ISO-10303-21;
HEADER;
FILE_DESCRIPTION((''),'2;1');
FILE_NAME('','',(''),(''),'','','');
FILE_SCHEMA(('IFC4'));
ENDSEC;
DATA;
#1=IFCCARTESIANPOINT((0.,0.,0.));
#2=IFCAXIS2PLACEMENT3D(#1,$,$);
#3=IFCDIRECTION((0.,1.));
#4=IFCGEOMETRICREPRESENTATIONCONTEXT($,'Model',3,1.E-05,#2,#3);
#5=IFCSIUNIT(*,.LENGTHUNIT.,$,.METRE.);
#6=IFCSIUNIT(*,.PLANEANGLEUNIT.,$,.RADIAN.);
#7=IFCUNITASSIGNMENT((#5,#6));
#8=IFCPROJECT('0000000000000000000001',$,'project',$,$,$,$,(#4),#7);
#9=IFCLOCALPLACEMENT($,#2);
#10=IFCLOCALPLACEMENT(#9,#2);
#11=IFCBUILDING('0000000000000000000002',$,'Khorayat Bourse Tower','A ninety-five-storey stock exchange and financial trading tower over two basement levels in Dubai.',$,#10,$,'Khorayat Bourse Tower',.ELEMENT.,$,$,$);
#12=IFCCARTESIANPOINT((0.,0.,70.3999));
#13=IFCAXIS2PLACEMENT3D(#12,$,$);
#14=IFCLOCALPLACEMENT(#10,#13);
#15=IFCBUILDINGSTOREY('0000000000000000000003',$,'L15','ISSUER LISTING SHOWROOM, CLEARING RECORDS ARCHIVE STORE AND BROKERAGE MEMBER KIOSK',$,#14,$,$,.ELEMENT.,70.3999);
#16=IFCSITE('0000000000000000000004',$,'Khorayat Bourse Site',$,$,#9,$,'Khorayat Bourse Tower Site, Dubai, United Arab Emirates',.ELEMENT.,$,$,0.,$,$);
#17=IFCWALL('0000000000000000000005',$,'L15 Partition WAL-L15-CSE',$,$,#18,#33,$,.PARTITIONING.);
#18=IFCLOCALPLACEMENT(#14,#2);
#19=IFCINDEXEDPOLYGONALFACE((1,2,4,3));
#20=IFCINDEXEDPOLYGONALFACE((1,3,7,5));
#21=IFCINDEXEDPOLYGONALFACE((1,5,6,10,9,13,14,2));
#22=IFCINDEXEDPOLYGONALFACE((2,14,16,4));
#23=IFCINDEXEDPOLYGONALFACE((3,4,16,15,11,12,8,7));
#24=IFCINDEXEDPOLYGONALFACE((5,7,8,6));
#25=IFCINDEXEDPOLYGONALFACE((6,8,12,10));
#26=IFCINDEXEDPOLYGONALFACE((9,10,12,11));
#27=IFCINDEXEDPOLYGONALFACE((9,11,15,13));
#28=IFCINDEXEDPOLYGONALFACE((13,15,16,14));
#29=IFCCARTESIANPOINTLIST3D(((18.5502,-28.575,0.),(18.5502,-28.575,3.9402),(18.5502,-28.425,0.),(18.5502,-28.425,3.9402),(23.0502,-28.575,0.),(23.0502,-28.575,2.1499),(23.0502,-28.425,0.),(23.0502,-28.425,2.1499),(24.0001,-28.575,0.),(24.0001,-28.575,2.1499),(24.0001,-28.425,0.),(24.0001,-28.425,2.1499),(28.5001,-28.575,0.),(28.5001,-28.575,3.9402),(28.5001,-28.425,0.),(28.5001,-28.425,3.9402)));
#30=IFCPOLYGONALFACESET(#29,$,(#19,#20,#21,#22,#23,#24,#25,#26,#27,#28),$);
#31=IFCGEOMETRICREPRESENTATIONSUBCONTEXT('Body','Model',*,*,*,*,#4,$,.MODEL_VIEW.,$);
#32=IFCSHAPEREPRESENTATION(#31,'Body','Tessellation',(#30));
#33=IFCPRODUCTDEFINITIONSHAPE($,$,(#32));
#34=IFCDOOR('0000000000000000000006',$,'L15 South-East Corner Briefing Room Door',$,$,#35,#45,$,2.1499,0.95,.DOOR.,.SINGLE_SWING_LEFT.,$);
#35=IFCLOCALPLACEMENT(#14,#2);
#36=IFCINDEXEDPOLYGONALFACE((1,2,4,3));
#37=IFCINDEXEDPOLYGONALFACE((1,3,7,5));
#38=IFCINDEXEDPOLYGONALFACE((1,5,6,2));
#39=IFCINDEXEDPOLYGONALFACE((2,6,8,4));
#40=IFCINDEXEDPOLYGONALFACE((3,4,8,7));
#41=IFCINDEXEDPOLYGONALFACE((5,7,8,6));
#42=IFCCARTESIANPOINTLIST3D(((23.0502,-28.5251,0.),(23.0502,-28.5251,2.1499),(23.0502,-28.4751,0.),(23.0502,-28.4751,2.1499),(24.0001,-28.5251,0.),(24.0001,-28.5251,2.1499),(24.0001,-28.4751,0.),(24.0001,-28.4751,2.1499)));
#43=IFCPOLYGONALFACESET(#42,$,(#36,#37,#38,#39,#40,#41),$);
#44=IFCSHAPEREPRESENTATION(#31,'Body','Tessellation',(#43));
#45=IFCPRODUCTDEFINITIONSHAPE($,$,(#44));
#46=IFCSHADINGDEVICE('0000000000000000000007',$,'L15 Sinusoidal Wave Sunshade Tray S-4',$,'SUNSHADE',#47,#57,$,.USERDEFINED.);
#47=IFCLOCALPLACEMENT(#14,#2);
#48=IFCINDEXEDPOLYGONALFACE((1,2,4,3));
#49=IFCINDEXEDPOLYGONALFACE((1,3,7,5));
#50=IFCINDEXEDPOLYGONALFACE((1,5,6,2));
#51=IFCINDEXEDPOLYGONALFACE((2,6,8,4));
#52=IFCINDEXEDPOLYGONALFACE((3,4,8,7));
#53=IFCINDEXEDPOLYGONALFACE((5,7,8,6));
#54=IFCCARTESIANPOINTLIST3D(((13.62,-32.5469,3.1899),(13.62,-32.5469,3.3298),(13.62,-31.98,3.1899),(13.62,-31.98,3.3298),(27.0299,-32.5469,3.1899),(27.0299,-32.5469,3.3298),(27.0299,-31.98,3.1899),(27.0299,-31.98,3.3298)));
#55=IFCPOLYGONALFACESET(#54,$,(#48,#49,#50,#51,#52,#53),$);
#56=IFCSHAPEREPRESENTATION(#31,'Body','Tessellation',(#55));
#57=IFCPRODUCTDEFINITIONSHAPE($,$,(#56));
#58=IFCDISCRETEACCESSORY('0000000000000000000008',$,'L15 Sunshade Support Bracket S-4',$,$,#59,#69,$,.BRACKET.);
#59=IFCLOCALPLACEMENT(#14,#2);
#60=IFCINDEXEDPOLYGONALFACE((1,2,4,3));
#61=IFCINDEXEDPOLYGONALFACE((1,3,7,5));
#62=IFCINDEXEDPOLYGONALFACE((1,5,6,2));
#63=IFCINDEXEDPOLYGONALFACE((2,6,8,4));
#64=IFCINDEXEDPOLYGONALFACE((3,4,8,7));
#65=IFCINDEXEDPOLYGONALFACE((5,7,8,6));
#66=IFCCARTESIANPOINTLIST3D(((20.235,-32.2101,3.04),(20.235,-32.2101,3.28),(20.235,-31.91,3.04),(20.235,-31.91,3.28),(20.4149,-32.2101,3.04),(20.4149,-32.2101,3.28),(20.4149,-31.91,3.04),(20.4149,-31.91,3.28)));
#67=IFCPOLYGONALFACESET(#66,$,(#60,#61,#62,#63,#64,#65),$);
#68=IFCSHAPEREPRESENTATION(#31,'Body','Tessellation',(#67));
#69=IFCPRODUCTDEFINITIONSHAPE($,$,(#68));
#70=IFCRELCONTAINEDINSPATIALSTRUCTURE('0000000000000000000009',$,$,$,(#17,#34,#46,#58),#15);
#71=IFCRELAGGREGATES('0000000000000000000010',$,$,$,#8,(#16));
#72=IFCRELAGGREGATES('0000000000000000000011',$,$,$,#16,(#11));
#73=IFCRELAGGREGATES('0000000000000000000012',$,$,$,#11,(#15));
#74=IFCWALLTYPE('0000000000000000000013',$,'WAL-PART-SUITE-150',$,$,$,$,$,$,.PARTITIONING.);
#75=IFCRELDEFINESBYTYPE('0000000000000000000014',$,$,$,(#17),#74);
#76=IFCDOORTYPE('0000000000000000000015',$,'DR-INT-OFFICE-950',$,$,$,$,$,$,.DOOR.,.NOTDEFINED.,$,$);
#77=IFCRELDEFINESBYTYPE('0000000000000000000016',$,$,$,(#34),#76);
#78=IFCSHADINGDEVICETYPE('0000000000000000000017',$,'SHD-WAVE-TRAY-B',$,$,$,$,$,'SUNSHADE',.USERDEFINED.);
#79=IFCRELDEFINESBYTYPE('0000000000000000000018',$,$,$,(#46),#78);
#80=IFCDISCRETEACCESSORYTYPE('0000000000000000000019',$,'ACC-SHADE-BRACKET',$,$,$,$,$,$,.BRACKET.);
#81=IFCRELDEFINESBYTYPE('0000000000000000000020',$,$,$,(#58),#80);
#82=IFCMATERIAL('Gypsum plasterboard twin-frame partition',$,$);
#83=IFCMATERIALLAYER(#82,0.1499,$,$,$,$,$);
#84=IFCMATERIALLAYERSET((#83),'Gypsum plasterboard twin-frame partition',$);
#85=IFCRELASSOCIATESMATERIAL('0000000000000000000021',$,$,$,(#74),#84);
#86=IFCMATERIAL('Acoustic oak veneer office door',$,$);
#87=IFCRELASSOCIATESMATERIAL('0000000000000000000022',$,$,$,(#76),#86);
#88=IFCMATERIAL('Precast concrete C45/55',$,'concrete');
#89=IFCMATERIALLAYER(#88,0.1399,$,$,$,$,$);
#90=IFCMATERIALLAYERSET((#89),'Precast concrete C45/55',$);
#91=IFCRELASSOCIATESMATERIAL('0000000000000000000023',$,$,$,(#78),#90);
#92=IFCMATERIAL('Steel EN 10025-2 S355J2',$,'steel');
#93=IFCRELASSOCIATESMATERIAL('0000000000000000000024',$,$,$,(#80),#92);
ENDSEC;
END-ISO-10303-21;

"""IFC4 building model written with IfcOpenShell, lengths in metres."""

from ifc_helpers import new_model, si_unit, direction, frame, frame_2d, origin, origin_2d, place, context, subcontext, project, spatial, rectangle, extrude, source, transform, mapped, material, layer, layer_set, type_object, element, fill, save


model = new_model("IFC4")

# Units and contexts
model_context = context("Model", 3, precision=1e-05, world=origin(), true_north=direction((0.0, 1.0)))
body_context = subcontext(model_context, "Body", "Model", "MODEL_VIEW")
ifc_project = project(units=[si_unit("LENGTHUNIT", "METRE"), si_unit("PLANEANGLEUNIT", "RADIAN")], contexts=[model_context])

# Site, building, storey
site_placement = place(None, origin())
site = spatial("IfcSite", under=ifc_project, at=site_placement, Name="Khorayat Bourse Site", LongName="Khorayat Bourse Tower Site, Dubai, United Arab Emirates", CompositionType="ELEMENT", RefElevation=0.0)
building_placement = place(site_placement, origin())
building = spatial("IfcBuilding", under=site, at=building_placement, Name="Khorayat Bourse Tower", Description="A ninety-five-storey stock exchange and financial trading tower over two basement levels in Dubai.", LongName="Khorayat Bourse Tower", CompositionType="ELEMENT")
storey_placement = place(building_placement, frame((0.0, 0.0, 70.3999)))
storey = spatial("IfcBuildingStorey", under=building, at=storey_placement, Name="L15", Description="ISSUER LISTING SHOWROOM, CLEARING RECORDS ARCHIVE STORE AND BROKERAGE MEMBER KIOSK", CompositionType="ELEMENT", Elevation=70.3999)

# Shared definitions
ifc_material_1 = material(Name="Precast concrete C45/55", Category="concrete")

# Shared definitions
ifc_material_2 = material(Name="Gypsum plasterboard twin-frame partition")
ifc_layer_1 = layer(ifc_material_2, 0.1499)
ifc_layer_set_1 = layer_set([ifc_layer_1], Name="Gypsum plasterboard twin-frame partition")
wall_type_1 = type_object("IfcWallType", Name="WAL-PART-SUITE-150", PredefinedType="PARTITIONING", material=ifc_layer_set_1)

# Shared definitions
ifc_material_3 = material(Name="Acoustic oak veneer office door")
door_type = type_object("IfcDoorType", Name="DR-INT-OFFICE-950", OperationType="NOTDEFINED", PredefinedType="DOOR", material=ifc_material_3)
shared_shape_1 = source(origin(), body_context, "Body", "SweptSolid", [
    extrude(rectangle(XDim=0.95, YDim=2.1499, at=frame_2d((0.4751, 1.075))), frame((0.0, 0.0249, 0.0), z_axis=(0.0, -1.0, 0.0), x_axis=(1.0, 0.0, 0.0)), (0.0, 0.0, 1.0), 0.05),
])

# Wall, opening, door
shared_shape_2 = source(origin(), body_context, "Body", "SweptSolid", [
    extrude(rectangle(XDim=9.95, YDim=0.1499, at=frame_2d((4.9751, 0.0))), origin(), (0.0, 0.0, 1.0), 3.9402),
])
wall_1_placement = place(storey_placement, frame((18.55, -28.5, 0.0), z_axis=(0.0, 0.0, 1.0), x_axis=(1.0, 0.0, 0.0)))
wall_1 = element("IfcWall", 1, at=wall_1_placement, inside=storey, type_object=wall_type_1, Name="L15 Partition WAL-L15-CSE", PredefinedType="PARTITIONING", context=body_context, shape_type="MappedRepresentation", body=[
    mapped(shared_shape_2, transform((0.0, 0.0, 0.0), scale=1.0)),
])
shared_shape_3 = source(origin(), body_context, "Body", "SweptSolid", [
    extrude(rectangle(XDim=0.95, YDim=2.1499, at=frame_2d((0.4751, 1.075))), frame((0.0, 0.085, 0.0), z_axis=(0.0, -1.0, 0.0), x_axis=(1.0, 0.0, 0.0)), (0.0, 0.0, 1.0), 0.1699),
])
opening_1_placement = place(wall_1_placement, frame((4.5, 0.0, 0.0)))
opening_1 = element("IfcOpeningElement", 2, at=opening_1_placement, cuts=wall_1, PredefinedType="OPENING", context=body_context, shape_type="MappedRepresentation", body=[
    mapped(shared_shape_3, transform((0.0, 0.0, 0.0), scale=1.0)),
])
door_1_placement = place(opening_1_placement, origin())
door_1 = element("IfcDoor", 3, at=door_1_placement, inside=storey, type_object=door_type, Name="L15 South-East Corner Briefing Room Door", OperationType="SINGLE_SWING_LEFT", OverallHeight=2.1499, OverallWidth=0.95, PredefinedType="DOOR", context=body_context, shape_type="MappedRepresentation", body=[
    mapped(shared_shape_1, transform((0.0, 0.0, 0.0), scale=1.0)),
])
fill(opening_1, door_1)

# Shading device
ifc_layer_2 = layer(ifc_material_1, 0.1399)
ifc_layer_set_2 = layer_set([ifc_layer_2], Name="Precast concrete C45/55")
shading_device_type = type_object("IfcShadingDeviceType", Name="SHD-WAVE-TRAY-B", ElementType="SUNSHADE", PredefinedType="USERDEFINED", material=ifc_layer_set_2)
shared_shape_4 = source(origin(), body_context, "Body", "SweptSolid", [
    extrude(rectangle(XDim=13.4099, YDim=0.5669, at=origin_2d()), origin(), (0.0, 0.0, 1.0), 0.1399),
])
shading_device_placement = place(storey_placement, frame((20.325, -32.2634, 3.1899), z_axis=(0.0, 0.0, 1.0), x_axis=(1.0, 0.0, 0.0)))
element("IfcShadingDevice", 4, at=shading_device_placement, inside=storey, type_object=shading_device_type, Name="L15 Sinusoidal Wave Sunshade Tray S-4", ObjectType="SUNSHADE", PredefinedType="USERDEFINED", context=body_context, shape_type="MappedRepresentation", body=[
    mapped(shared_shape_4, transform((0.0, 0.0, 0.0), scale=1.0)),
])

# Discrete accessory
ifc_material_4 = material(Name="Steel EN 10025-2 S355J2", Category="steel")
discrete_accessory_type = type_object("IfcDiscreteAccessoryType", Name="ACC-SHADE-BRACKET", PredefinedType="BRACKET", material=ifc_material_4)
shared_shape_5 = source(origin(), body_context, "Body", "SweptSolid", [
    extrude(rectangle(XDim=0.1799, YDim=0.3, at=origin_2d()), origin(), (0.0, 0.0, 1.0), 0.24),
])
discrete_accessory_placement = place(storey_placement, frame((20.325, -32.0601, 3.04), z_axis=(0.0, 0.0, 1.0), x_axis=(1.0, 0.0, 0.0)))
element("IfcDiscreteAccessory", 5, at=discrete_accessory_placement, inside=storey, type_object=discrete_accessory_type, Name="L15 Sunshade Support Bracket S-4", PredefinedType="BRACKET", context=body_context, shape_type="MappedRepresentation", body=[
    mapped(shared_shape_5, transform((0.0, 0.0, 0.0), scale=1.0)),
])

save(model, "model.ifc")
